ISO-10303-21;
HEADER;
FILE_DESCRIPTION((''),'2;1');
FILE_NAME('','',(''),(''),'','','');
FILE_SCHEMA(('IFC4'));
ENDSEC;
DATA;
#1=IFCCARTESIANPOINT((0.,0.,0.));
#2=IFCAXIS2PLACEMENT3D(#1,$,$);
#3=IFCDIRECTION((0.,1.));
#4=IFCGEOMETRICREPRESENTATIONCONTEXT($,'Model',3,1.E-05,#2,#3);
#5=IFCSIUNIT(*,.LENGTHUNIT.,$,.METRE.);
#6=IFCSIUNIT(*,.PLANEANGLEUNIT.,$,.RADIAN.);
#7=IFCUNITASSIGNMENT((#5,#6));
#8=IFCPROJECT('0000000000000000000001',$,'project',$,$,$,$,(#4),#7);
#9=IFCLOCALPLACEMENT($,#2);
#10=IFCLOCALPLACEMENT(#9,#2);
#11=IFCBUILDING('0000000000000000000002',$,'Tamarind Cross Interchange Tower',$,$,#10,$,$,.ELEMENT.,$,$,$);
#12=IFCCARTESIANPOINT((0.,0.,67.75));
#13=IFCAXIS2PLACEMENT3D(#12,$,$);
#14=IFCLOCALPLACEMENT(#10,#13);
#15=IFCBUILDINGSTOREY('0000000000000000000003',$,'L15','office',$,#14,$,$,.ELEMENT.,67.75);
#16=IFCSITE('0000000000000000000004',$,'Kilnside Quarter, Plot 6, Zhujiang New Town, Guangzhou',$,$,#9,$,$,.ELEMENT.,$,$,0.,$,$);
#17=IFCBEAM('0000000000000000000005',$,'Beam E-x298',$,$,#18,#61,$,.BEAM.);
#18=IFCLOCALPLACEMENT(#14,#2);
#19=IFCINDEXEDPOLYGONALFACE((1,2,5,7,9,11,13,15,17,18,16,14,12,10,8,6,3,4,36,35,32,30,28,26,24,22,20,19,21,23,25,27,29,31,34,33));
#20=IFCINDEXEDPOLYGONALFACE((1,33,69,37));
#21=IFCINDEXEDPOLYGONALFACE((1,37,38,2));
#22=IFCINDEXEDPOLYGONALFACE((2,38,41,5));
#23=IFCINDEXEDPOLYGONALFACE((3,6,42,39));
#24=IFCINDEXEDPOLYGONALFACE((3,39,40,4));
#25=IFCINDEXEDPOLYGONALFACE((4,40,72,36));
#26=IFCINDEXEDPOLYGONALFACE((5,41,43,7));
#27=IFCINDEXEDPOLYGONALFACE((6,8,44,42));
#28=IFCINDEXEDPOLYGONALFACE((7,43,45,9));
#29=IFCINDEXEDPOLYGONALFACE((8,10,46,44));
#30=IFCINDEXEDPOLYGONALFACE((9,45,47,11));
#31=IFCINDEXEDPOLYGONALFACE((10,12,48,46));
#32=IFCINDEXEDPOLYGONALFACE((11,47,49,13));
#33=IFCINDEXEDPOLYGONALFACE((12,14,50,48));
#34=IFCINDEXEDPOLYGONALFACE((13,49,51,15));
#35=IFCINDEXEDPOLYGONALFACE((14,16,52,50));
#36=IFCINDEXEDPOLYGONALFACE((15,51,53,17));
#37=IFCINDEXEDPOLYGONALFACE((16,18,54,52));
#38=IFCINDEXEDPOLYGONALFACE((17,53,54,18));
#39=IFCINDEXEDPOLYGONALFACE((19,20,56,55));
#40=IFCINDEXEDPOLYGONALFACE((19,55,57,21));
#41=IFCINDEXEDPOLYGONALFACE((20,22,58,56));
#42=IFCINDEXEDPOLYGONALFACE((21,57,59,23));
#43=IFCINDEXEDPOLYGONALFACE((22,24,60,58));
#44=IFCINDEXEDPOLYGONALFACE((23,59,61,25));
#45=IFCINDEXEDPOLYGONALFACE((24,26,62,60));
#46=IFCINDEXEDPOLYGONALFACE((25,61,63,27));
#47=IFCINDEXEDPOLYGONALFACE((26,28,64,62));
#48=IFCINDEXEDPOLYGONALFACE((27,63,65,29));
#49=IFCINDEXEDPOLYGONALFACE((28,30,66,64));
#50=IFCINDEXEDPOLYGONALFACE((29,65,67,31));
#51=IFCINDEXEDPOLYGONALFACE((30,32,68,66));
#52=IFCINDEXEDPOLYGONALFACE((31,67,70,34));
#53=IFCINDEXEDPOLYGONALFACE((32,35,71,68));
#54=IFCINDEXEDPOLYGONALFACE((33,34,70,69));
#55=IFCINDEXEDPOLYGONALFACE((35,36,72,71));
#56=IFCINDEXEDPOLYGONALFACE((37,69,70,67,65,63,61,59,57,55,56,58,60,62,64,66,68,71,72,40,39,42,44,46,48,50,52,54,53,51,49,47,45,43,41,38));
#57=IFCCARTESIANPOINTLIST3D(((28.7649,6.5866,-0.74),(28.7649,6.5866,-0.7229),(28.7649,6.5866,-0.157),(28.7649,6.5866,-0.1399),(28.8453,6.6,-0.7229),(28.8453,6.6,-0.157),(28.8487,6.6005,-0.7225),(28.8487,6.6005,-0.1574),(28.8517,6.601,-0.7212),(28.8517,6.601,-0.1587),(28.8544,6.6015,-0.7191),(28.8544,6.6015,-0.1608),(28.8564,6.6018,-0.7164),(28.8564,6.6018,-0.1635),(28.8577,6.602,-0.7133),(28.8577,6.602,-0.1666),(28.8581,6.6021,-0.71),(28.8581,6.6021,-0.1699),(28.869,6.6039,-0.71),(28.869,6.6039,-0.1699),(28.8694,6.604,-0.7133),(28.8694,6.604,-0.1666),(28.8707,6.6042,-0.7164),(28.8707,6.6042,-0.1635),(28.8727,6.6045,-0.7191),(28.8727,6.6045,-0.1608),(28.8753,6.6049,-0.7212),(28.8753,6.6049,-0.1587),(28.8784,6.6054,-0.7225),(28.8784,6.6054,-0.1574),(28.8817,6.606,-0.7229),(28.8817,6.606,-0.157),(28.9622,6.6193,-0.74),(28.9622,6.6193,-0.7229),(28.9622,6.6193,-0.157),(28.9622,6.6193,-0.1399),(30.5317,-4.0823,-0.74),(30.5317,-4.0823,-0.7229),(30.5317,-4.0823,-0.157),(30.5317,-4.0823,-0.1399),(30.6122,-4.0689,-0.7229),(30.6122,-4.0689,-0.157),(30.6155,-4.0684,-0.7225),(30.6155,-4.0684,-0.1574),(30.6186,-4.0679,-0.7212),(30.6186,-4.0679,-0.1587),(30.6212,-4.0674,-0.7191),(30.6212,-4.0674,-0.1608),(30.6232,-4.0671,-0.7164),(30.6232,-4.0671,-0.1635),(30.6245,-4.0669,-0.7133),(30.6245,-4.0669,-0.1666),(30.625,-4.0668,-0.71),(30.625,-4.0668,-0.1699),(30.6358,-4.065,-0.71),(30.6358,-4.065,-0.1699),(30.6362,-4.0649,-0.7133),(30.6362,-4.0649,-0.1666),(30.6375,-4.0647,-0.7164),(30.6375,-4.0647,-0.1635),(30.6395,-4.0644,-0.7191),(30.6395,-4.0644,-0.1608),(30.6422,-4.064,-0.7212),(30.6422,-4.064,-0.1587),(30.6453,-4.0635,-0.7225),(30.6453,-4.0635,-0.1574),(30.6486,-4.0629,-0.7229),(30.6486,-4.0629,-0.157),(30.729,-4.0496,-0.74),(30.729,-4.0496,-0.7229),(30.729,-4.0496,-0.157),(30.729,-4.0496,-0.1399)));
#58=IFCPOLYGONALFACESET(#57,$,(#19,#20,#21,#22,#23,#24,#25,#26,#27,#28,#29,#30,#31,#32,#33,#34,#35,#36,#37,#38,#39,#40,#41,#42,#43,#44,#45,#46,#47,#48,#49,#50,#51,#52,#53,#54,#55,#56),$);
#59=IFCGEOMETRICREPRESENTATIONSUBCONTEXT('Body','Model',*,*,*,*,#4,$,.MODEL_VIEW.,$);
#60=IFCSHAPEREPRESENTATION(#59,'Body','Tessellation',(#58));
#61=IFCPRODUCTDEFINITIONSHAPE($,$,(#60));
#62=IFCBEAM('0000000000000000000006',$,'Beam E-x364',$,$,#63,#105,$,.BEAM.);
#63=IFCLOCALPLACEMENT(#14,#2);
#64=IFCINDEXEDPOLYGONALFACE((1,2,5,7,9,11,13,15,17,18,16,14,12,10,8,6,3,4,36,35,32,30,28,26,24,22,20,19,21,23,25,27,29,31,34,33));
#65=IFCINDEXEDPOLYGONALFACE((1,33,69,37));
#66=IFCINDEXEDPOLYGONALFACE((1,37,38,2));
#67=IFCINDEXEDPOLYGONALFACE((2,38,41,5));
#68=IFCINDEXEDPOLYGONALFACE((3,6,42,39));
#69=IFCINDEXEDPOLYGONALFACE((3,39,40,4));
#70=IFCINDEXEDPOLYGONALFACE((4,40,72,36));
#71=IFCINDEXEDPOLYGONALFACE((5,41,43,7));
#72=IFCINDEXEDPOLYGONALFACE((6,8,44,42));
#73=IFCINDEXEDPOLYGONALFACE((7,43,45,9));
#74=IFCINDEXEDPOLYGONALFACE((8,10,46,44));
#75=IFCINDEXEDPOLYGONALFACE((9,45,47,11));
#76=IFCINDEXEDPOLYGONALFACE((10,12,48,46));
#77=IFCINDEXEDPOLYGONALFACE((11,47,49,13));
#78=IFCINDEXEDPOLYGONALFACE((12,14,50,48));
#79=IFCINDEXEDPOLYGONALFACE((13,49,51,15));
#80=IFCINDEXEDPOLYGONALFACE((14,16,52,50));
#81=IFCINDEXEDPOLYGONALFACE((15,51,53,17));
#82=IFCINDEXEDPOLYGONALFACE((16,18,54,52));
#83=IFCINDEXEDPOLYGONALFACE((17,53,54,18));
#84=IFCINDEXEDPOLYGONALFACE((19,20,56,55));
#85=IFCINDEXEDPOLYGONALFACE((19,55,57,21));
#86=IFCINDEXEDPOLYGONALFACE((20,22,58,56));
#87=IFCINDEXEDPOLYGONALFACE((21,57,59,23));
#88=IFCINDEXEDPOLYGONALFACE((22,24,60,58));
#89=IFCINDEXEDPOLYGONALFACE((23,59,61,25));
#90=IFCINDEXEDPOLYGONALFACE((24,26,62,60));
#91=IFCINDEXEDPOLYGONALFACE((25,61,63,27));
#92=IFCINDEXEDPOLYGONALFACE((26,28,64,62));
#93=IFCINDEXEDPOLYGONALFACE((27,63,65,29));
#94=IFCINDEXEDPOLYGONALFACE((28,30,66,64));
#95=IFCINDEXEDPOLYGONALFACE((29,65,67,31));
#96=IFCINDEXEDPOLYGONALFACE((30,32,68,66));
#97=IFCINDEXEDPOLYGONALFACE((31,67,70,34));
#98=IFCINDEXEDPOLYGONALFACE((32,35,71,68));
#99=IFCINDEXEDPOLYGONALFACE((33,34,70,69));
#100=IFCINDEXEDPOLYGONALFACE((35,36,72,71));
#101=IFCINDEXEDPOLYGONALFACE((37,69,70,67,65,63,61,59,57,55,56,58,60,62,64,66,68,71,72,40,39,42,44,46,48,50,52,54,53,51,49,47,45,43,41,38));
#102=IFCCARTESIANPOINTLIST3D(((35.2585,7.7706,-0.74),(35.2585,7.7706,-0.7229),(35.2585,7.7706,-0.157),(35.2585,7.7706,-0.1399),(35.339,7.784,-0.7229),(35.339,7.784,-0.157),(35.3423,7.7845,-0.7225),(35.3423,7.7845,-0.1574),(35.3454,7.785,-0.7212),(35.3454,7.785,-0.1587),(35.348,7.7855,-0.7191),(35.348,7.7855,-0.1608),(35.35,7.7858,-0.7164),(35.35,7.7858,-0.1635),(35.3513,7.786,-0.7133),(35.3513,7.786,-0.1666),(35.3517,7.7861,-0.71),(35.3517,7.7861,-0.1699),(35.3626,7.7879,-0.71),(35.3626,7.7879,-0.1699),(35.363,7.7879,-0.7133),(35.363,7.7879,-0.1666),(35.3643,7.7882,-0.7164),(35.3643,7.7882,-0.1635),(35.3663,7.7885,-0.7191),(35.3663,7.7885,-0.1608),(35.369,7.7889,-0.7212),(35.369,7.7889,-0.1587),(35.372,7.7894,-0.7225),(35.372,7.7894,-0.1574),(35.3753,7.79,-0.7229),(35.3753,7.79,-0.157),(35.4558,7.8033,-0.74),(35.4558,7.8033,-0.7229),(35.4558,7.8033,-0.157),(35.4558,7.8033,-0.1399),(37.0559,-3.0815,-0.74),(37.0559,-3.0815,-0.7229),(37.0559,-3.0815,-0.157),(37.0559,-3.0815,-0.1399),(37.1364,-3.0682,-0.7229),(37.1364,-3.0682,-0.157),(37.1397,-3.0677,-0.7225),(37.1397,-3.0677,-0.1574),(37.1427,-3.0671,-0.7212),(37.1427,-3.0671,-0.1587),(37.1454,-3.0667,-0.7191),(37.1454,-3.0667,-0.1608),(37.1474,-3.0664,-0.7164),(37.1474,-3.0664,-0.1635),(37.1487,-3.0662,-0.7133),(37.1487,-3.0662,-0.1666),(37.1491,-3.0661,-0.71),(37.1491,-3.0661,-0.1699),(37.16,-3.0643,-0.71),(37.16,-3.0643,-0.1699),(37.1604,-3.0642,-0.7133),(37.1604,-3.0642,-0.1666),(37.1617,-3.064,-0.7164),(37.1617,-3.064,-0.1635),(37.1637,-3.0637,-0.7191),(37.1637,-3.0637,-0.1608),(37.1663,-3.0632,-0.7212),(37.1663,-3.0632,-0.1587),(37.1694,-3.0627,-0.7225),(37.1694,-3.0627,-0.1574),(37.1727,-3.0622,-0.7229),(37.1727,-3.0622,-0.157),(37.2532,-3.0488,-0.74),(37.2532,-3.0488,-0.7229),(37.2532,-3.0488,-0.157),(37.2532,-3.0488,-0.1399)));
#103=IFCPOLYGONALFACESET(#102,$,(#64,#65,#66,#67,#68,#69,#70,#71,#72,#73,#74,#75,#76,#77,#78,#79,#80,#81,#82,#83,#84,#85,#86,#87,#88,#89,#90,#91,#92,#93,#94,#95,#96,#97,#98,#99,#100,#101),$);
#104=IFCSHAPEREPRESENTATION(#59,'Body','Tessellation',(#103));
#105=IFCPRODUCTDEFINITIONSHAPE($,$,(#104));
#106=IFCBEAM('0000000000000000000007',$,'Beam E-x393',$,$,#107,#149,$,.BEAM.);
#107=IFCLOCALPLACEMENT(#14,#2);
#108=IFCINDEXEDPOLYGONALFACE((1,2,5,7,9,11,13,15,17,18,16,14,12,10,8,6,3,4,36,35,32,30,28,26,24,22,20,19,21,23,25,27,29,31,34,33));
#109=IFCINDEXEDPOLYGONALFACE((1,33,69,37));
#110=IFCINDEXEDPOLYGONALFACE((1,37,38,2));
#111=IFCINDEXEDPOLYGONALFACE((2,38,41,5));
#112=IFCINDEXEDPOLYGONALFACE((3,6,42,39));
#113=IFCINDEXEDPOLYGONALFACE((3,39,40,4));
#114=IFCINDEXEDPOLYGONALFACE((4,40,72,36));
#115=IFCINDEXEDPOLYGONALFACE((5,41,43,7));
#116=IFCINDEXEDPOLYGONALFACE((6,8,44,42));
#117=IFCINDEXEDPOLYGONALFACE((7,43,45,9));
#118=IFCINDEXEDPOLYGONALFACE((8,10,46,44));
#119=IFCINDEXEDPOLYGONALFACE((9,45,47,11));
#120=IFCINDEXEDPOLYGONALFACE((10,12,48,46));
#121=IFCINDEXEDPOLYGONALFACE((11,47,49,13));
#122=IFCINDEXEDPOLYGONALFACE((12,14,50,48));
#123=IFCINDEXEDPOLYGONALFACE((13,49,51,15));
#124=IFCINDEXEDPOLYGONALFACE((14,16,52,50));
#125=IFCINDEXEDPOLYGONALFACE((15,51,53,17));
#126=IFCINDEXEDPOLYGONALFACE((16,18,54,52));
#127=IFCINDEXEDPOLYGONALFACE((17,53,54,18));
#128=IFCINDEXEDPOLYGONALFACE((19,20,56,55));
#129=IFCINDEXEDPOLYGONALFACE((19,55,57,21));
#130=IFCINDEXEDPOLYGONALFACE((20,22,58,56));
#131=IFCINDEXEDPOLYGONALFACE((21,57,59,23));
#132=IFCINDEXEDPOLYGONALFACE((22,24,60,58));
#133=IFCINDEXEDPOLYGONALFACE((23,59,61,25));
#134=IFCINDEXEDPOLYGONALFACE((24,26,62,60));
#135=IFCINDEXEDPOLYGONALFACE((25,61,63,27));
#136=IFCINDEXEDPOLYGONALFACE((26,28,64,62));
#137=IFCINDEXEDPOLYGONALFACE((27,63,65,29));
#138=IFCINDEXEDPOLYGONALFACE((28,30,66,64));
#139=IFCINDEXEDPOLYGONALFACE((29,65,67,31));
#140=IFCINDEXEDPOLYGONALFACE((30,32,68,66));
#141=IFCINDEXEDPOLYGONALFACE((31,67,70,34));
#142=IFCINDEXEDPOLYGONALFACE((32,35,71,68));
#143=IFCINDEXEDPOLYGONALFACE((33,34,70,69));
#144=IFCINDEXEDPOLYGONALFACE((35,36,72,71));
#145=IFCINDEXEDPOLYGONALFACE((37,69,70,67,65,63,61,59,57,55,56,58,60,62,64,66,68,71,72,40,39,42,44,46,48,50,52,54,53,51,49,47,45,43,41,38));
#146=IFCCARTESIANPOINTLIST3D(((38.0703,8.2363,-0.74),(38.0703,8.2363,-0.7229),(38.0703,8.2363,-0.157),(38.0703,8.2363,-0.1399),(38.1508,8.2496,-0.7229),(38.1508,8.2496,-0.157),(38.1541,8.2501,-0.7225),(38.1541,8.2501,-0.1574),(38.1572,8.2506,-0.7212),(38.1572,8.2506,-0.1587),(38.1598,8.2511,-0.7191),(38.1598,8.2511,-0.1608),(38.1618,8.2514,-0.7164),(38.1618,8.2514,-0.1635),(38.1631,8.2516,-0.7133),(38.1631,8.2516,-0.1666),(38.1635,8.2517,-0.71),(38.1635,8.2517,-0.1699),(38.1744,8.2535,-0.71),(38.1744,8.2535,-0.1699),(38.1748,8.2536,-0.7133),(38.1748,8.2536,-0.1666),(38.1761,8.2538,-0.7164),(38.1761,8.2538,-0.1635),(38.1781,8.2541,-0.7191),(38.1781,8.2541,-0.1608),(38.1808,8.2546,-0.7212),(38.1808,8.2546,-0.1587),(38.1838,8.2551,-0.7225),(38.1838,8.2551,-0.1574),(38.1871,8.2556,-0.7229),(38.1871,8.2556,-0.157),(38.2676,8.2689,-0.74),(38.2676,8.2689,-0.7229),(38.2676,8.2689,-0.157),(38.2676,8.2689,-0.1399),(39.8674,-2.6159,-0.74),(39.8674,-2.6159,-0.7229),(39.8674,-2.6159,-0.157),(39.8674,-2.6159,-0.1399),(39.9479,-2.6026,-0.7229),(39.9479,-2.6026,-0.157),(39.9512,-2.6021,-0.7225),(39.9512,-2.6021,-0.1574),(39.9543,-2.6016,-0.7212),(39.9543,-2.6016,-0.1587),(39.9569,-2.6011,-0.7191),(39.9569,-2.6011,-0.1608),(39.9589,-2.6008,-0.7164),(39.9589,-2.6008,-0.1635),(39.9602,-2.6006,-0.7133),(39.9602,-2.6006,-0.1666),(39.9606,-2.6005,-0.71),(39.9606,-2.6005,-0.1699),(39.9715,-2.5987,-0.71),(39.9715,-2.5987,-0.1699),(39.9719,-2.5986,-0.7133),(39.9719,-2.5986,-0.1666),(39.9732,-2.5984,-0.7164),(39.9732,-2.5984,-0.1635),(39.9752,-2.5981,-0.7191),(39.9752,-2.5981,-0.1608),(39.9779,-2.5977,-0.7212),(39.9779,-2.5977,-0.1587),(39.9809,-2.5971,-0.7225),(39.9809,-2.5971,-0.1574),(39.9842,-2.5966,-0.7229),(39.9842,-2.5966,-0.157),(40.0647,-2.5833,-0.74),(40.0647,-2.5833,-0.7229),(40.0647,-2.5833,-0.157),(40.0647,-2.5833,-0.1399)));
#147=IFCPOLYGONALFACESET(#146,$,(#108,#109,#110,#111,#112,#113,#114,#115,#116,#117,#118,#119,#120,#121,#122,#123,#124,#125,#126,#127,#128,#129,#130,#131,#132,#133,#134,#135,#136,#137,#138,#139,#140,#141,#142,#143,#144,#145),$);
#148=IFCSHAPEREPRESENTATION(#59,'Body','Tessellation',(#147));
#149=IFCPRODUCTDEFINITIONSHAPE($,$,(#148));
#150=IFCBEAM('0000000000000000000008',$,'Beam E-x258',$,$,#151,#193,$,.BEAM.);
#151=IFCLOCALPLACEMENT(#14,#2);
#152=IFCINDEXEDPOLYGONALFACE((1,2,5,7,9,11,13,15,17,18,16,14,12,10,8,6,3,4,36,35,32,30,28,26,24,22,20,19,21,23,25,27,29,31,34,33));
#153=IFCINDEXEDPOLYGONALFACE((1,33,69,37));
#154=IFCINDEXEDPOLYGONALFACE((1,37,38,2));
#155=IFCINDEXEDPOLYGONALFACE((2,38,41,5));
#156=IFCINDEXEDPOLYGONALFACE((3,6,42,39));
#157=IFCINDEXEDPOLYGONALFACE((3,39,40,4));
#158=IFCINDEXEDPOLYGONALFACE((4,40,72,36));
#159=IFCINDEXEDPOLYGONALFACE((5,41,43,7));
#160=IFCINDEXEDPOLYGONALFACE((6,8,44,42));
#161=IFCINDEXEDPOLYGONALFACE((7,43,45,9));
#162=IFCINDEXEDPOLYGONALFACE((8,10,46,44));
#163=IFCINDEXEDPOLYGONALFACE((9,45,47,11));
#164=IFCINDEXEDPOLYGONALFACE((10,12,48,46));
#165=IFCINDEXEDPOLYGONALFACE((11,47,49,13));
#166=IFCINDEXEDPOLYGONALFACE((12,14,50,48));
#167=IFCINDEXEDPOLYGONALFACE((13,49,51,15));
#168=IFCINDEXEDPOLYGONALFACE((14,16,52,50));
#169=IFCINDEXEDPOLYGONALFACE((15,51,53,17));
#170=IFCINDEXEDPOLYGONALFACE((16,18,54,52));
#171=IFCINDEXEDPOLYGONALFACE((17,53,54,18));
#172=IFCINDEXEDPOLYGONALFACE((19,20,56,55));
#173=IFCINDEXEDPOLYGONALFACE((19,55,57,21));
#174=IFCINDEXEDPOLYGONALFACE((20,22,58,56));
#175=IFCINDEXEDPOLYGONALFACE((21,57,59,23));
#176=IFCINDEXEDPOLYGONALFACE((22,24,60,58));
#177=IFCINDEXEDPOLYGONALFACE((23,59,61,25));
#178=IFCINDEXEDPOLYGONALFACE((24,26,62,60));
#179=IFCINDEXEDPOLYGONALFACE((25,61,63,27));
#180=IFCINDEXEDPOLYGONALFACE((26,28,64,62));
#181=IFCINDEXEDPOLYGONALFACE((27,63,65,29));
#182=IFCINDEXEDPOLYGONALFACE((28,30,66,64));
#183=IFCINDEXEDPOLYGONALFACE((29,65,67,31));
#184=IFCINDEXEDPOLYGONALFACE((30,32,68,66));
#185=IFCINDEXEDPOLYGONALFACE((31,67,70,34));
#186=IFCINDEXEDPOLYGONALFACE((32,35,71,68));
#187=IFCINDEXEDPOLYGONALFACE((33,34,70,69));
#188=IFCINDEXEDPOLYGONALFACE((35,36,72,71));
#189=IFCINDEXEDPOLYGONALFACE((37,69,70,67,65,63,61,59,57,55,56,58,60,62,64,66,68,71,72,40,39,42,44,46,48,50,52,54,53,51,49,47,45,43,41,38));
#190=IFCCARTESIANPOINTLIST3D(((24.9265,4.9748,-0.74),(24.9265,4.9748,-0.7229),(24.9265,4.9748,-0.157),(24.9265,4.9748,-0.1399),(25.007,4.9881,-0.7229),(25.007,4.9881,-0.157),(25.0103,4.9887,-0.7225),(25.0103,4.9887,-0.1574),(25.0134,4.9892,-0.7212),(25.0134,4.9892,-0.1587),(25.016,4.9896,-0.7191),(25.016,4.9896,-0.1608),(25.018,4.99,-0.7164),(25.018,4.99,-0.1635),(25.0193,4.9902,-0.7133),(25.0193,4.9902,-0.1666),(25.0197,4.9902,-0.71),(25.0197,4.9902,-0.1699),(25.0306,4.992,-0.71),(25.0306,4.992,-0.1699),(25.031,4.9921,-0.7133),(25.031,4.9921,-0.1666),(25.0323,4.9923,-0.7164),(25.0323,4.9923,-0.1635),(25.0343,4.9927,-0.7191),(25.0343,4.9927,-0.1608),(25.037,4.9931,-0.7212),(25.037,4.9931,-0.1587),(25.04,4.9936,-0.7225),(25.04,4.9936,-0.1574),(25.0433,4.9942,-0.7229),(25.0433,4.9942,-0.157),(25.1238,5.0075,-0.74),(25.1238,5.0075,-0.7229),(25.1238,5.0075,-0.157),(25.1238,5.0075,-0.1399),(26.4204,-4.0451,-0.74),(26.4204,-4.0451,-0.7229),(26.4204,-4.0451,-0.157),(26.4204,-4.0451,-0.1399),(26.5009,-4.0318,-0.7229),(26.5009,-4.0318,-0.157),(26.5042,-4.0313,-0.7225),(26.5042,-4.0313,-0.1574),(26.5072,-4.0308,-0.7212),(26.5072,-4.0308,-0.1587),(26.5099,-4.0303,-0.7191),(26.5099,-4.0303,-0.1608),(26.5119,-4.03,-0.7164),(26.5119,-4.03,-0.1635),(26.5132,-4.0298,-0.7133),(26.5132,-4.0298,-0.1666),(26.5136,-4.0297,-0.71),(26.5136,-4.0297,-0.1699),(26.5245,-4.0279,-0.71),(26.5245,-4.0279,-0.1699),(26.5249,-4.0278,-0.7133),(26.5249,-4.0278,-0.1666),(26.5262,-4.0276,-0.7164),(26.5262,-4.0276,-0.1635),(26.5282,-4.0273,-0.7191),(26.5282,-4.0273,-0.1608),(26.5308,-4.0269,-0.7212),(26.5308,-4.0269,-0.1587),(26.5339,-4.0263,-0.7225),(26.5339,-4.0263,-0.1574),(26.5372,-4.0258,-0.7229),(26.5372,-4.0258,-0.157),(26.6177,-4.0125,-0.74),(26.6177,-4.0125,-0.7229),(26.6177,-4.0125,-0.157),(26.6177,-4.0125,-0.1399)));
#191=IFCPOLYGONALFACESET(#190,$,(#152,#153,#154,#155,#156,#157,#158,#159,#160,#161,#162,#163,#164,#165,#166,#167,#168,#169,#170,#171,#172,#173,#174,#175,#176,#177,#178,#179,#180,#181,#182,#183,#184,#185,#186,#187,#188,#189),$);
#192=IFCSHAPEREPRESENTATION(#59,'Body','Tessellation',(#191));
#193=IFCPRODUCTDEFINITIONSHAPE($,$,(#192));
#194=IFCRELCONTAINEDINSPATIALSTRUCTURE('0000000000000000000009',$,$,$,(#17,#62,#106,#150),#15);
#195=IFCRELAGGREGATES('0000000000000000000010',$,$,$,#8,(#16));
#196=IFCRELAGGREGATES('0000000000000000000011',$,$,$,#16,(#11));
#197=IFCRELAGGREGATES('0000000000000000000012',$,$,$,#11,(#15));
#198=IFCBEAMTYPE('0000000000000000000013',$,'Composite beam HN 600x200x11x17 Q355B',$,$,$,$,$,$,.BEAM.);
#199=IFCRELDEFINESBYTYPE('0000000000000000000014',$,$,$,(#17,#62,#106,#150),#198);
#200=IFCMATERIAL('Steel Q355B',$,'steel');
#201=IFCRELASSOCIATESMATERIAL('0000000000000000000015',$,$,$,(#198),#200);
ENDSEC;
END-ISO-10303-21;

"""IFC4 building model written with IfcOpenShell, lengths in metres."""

from ifc_helpers import new_model, si_unit, direction, frame, origin, origin_2d, place, context, subcontext, project, spatial, i_section, extrude, material, material_profile, profile_set, type_object, element, save


model = new_model("IFC4")

# Units and contexts
model_context = context("Model", 3, precision=1e-05, world=origin(), true_north=direction((0.0, 1.0)))
body_context = subcontext(model_context, "Body", "Model", "MODEL_VIEW")
ifc_project = project(units=[si_unit("LENGTHUNIT", "METRE"), si_unit("PLANEANGLEUNIT", "RADIAN")], contexts=[model_context])

# Site, building, storey
site_placement = place(None, origin())
site = spatial("IfcSite", under=ifc_project, at=site_placement, Name="Kilnside Quarter, Plot 6, Zhujiang New Town, Guangzhou", CompositionType="ELEMENT", RefElevation=0.0)
building_placement = place(site_placement, origin())
building = spatial("IfcBuilding", under=site, at=building_placement, Name="Tamarind Cross Interchange Tower", CompositionType="ELEMENT")
storey_placement = place(building_placement, frame((0.0, 0.0, 67.75)))
storey = spatial("IfcBuildingStorey", under=building, at=storey_placement, Name="L15", Description="office", CompositionType="ELEMENT", Elevation=67.75)

# Beams
ifc_material_1 = material(Name="Steel Q355B", Category="steel")
ifc_material_profile_1 = material_profile(ifc_material_1, i_section(OverallWidth=0.2, OverallDepth=0.6001, WebThickness=0.011, FlangeThickness=0.0171, FilletRadius=0.0129, at=origin_2d()), Name="HN 600x200x11x17")
ifc_profile_set_1 = profile_set([ifc_material_profile_1], Name="Steel Q355B")
beam_type_1 = type_object("IfcBeamType", Name="Composite beam HN 600x200x11x17 Q355B", PredefinedType="BEAM", material=ifc_profile_set_1)
beam_1_placement = place(storey_placement, frame((30.6304, -4.0659, -0.4399), z_axis=(-0.163381, 0.986563, 0.0), x_axis=(-0.986563, -0.163381, 0.0)))
element("IfcBeam", 1, at=beam_1_placement, inside=storey, type_object=beam_type_1, Name="Beam E-x298", PredefinedType="BEAM", context=body_context, shape_type="SweptSolid", body=[
    extrude(i_section(OverallWidth=0.2, OverallDepth=0.6001, WebThickness=0.011, FlangeThickness=0.0171, FilletRadius=0.0129, at=origin_2d()), origin(), (0.0, 0.0, 1.0), 10.8142),
])
for number, where, z_axis, x_axis, name in (
    (2, (37.1545, -3.0652, -0.4399), (-0.163398, 0.98656, 0.0), (-0.98656, -0.163398, 0.0), "Beam E-x364"),
    (3, (39.9661, -2.5996, -0.4399), (-0.163373, 0.986564, 0.0), (-0.986564, -0.163373, 0.0), "Beam E-x393"),
):
    element("IfcBeam", number, at=place(storey_placement, frame(where, z_axis=z_axis, x_axis=x_axis)), inside=storey, type_object=beam_type_1, Name=name, PredefinedType="BEAM", context=body_context, shape_type="SweptSolid", body=[
        extrude(i_section(OverallWidth=0.2, OverallDepth=0.6001, WebThickness=0.011, FlangeThickness=0.0171, FilletRadius=0.0129, at=origin_2d()), origin(), (0.0, 0.0, 1.0), 11.0),
    ])
beam_2_placement = place(storey_placement, frame((26.519, -4.0288, -0.4399), z_axis=(-0.163394, 0.986561, 0.0), x_axis=(-0.986561, -0.163394, 0.0)))
element("IfcBeam", 4, at=beam_2_placement, inside=storey, type_object=beam_type_1, Name="Beam E-x258", PredefinedType="BEAM", context=body_context, shape_type="SweptSolid", body=[
    extrude(i_section(OverallWidth=0.2, OverallDepth=0.6001, WebThickness=0.011, FlangeThickness=0.0171, FilletRadius=0.0129, at=origin_2d()), origin(), (0.0, 0.0, 1.0), 9.1428),
])

save(model, "model.ifc")
